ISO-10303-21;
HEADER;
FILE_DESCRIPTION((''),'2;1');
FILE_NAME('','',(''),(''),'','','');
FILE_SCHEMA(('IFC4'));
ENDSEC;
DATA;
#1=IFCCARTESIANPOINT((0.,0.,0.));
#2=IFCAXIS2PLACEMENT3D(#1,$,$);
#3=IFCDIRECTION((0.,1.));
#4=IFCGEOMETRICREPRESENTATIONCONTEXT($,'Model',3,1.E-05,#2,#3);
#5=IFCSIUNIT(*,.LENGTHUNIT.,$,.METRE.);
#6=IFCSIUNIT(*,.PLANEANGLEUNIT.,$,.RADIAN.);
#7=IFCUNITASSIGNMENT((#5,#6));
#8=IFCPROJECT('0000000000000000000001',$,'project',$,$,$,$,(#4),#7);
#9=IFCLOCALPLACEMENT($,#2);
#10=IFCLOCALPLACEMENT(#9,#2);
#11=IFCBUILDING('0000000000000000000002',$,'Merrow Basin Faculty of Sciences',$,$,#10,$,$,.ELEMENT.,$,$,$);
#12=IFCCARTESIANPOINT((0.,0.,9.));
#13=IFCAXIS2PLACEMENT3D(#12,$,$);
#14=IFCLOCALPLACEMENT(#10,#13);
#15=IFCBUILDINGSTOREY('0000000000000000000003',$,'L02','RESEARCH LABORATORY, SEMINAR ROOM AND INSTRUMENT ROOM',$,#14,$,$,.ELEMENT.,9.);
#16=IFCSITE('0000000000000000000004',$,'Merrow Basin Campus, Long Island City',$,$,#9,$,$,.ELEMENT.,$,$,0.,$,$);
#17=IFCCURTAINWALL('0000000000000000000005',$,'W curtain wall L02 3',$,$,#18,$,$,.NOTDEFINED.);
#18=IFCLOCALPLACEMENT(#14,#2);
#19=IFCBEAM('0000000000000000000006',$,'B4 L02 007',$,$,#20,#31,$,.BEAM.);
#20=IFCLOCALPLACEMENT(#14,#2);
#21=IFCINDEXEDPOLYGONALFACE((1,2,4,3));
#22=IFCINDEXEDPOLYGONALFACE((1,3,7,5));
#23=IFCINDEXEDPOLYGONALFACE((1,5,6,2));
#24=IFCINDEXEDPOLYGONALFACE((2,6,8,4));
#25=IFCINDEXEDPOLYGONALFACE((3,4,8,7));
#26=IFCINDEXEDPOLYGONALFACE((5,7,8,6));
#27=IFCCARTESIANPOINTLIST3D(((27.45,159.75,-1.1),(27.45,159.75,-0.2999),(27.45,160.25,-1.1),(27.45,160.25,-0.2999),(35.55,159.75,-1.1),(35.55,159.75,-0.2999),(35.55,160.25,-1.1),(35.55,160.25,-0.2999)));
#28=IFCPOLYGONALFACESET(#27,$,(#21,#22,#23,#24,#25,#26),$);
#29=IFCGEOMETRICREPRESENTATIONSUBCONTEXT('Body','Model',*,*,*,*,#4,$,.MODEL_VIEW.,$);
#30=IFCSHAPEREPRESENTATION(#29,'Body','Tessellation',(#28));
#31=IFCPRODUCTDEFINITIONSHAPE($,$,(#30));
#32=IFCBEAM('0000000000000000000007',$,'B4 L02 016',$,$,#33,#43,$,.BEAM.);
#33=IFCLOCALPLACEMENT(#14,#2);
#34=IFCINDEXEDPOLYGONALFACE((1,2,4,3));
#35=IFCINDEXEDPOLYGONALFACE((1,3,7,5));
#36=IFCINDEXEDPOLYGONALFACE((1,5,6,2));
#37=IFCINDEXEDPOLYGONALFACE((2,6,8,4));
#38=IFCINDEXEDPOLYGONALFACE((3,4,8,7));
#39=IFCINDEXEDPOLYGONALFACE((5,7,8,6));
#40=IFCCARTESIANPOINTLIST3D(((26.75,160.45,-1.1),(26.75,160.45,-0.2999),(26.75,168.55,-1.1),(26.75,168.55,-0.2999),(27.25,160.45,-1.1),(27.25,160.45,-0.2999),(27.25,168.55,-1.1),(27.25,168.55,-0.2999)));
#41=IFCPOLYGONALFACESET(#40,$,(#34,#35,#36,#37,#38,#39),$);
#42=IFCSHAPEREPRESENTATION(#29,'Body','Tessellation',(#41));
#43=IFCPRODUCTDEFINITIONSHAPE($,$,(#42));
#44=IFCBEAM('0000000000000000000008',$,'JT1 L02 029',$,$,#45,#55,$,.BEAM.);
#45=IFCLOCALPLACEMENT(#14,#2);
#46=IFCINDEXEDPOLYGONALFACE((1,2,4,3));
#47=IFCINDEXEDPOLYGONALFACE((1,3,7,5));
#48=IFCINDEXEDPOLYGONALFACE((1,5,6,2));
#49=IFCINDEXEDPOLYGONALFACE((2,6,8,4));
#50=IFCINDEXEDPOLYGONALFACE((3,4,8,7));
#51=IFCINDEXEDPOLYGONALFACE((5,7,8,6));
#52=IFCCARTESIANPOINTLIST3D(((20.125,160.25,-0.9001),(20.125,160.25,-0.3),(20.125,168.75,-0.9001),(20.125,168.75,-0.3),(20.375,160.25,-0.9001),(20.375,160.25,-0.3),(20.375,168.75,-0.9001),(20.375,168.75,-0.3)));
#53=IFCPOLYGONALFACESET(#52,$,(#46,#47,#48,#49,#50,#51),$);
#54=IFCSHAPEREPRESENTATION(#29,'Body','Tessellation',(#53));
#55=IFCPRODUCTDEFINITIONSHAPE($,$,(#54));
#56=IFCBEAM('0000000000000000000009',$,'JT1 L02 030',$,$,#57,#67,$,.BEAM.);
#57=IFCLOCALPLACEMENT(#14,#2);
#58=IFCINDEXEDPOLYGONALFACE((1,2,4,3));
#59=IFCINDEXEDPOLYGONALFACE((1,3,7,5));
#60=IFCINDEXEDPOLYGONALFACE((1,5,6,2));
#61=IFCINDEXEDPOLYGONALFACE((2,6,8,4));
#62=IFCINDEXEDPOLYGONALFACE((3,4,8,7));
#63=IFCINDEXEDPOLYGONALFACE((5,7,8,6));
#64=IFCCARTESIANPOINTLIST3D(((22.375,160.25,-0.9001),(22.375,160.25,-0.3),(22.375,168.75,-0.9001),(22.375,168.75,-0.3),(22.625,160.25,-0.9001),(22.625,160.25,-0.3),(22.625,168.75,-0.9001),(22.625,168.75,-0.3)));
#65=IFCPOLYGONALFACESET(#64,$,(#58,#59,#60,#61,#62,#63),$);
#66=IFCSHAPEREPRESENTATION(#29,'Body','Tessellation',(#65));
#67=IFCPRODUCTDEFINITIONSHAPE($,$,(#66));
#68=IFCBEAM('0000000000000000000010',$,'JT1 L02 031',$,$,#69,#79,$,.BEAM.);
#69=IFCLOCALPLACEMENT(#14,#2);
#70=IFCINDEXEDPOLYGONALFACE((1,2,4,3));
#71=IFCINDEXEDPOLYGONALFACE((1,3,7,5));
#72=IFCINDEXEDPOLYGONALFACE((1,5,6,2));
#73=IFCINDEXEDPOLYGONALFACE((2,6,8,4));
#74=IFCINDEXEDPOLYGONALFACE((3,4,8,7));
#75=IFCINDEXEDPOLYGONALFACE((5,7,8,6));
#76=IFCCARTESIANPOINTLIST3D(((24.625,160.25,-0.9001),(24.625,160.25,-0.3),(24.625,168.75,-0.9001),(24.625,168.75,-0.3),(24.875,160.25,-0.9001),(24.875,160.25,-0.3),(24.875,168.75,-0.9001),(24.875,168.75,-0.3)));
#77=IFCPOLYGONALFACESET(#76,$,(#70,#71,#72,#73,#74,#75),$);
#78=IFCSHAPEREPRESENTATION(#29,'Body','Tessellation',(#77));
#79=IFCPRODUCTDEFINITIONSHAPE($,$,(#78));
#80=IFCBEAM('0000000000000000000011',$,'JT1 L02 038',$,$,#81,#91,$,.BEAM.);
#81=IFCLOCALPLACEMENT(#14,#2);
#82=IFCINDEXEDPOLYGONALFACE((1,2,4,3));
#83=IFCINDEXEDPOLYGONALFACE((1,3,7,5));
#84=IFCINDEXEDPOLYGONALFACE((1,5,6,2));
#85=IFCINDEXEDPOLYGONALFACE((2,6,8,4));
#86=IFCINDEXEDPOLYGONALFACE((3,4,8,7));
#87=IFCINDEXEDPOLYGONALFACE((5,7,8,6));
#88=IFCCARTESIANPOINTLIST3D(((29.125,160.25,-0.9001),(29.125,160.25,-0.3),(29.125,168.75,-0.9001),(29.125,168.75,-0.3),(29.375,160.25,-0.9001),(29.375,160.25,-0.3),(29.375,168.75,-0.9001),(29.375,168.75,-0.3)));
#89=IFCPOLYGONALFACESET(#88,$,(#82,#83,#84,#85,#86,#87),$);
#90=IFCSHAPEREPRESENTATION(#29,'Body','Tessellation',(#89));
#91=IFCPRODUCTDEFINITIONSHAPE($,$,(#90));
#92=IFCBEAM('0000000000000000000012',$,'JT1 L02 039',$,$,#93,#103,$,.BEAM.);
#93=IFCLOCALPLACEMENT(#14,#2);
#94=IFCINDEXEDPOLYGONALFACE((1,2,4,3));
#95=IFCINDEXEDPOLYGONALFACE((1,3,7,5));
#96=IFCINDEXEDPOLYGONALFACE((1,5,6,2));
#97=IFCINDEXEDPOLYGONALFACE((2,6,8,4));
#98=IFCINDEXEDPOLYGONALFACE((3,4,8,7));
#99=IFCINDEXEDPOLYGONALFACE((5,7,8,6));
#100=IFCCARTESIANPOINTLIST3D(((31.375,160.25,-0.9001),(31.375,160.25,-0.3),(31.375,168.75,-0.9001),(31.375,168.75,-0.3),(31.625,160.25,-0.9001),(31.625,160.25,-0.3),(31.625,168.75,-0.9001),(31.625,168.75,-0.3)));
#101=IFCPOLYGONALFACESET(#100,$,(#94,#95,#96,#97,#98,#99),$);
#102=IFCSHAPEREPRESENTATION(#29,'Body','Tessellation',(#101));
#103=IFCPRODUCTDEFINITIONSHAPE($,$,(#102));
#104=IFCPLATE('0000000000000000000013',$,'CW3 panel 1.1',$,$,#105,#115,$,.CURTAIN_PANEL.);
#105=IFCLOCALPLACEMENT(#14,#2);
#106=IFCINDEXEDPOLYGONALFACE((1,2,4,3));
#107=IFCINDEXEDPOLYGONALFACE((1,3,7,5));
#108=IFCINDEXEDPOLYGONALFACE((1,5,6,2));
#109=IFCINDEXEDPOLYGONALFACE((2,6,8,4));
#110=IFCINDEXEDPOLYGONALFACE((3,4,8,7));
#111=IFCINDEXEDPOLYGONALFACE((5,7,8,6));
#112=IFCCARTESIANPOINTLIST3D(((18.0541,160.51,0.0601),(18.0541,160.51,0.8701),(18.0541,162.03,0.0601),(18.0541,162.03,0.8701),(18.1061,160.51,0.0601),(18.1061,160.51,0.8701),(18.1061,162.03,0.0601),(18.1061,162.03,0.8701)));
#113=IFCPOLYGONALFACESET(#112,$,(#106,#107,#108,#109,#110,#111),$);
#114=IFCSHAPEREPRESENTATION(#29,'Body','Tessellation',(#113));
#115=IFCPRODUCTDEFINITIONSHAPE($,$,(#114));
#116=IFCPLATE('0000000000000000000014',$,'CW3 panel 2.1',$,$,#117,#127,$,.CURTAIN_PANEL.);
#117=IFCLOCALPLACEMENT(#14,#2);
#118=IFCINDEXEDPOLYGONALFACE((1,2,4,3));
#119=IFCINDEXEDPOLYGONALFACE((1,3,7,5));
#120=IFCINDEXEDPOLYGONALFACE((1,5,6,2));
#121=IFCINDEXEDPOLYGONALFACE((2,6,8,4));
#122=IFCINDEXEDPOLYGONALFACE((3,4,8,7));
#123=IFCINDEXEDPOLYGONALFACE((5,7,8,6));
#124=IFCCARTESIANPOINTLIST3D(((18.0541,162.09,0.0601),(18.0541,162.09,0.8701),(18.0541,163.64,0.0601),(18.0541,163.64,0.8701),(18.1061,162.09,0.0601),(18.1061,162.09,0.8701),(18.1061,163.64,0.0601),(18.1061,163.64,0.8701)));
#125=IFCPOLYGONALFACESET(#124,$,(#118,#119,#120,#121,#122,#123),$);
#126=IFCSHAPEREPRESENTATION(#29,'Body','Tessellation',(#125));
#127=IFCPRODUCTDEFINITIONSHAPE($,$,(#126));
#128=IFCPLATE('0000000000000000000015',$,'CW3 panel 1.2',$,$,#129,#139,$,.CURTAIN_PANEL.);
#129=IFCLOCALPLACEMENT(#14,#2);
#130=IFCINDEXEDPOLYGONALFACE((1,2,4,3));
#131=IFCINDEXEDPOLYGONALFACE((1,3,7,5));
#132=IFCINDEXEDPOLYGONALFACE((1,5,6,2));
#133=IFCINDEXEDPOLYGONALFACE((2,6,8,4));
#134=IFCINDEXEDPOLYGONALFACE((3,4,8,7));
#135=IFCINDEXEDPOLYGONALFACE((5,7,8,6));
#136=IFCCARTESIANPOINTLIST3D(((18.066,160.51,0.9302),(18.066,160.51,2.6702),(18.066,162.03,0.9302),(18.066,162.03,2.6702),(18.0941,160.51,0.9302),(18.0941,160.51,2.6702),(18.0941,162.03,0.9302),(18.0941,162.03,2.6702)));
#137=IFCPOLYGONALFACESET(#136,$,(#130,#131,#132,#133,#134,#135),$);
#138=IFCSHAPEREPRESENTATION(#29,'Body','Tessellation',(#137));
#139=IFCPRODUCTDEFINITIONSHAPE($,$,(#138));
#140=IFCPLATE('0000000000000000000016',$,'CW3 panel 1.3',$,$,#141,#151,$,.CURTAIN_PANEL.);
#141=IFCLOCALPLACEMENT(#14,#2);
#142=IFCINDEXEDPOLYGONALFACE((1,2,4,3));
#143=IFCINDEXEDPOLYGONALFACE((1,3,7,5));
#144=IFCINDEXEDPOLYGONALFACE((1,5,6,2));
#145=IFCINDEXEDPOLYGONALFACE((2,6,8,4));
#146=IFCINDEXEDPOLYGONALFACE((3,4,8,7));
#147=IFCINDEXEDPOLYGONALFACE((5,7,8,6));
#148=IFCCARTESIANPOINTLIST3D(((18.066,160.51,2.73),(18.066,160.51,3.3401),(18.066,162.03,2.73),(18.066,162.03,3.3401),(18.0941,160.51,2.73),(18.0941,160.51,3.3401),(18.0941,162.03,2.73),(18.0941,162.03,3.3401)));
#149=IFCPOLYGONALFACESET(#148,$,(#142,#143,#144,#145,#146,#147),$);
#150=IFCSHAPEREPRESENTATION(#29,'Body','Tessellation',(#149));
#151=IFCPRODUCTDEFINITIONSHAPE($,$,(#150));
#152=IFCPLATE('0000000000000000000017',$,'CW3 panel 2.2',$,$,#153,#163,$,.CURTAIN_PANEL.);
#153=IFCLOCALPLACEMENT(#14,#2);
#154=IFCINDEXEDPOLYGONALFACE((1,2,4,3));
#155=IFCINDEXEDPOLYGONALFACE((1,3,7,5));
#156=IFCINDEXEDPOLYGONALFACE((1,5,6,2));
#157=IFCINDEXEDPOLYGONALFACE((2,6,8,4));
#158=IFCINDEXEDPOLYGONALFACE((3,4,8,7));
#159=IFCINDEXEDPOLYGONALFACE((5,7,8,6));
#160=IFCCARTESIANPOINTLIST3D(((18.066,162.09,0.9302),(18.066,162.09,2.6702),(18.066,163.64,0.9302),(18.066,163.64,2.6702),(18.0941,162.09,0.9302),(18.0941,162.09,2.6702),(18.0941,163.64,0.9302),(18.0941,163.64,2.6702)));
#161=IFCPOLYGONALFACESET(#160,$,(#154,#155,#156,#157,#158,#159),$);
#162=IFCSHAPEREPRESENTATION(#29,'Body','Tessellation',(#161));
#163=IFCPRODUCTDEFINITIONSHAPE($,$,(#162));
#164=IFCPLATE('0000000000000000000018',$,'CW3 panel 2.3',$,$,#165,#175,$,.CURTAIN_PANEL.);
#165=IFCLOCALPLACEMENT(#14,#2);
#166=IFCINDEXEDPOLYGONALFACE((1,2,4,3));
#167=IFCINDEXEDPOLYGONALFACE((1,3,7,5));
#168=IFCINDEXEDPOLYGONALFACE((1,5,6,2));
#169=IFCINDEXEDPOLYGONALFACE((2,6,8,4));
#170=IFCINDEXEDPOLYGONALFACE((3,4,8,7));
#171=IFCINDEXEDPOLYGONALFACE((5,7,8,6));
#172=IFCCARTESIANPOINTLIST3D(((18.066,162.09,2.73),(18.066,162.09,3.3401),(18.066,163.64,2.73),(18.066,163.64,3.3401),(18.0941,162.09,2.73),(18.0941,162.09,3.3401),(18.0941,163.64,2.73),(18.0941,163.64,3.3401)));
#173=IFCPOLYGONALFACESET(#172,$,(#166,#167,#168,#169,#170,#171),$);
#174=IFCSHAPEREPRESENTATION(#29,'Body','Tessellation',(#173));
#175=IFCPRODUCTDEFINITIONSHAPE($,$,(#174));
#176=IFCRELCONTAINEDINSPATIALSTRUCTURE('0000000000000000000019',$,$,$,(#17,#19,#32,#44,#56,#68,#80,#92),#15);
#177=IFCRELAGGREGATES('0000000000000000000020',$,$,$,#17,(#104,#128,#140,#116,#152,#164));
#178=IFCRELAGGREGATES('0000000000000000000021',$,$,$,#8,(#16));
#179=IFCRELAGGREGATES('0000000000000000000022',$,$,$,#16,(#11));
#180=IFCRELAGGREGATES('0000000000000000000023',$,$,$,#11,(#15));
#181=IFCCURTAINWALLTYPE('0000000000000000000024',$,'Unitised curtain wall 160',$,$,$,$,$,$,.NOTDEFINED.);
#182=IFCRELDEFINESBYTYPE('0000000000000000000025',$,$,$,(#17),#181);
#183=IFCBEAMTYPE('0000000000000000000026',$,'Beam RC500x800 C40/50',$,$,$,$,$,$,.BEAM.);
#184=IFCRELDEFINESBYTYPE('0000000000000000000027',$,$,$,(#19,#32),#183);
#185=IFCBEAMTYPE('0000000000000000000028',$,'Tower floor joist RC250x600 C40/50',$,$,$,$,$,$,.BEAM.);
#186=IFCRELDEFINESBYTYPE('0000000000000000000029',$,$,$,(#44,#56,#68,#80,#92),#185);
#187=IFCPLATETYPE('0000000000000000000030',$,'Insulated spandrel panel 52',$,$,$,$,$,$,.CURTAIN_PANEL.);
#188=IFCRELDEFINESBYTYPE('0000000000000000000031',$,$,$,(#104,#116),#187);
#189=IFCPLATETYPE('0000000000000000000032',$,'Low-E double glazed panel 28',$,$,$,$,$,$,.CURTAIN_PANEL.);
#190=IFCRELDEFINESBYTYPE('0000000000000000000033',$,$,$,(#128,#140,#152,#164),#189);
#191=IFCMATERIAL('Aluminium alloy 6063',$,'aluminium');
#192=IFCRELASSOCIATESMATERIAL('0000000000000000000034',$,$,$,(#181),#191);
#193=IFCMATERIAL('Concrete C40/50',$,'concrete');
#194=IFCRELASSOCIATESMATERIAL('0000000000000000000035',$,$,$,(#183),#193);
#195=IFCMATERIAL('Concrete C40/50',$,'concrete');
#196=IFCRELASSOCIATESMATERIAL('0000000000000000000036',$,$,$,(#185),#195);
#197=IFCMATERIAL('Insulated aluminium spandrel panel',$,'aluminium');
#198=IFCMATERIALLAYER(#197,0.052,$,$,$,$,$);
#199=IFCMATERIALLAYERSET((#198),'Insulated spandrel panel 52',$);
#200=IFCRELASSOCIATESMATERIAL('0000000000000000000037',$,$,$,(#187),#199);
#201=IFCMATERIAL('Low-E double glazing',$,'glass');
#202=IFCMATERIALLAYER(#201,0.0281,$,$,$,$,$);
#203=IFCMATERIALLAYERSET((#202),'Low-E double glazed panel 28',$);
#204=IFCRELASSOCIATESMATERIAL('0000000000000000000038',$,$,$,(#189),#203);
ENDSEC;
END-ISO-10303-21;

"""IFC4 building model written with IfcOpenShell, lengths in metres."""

from ifc_helpers import new_model, si_unit, direction, frame, origin, origin_2d, place, context, subcontext, project, spatial, rectangle, extrude, material, layer, layer_set, material_profile, profile_set, type_object, element, aggregate, save


model = new_model("IFC4")

# Units and contexts
model_context = context("Model", 3, precision=1e-05, world=origin(), true_north=direction((0.0, 1.0)))
body_context = subcontext(model_context, "Body", "Model", "MODEL_VIEW")
ifc_project = project(units=[si_unit("LENGTHUNIT", "METRE"), si_unit("PLANEANGLEUNIT", "RADIAN")], contexts=[model_context])

# Site, building, storey
site_placement = place(None, origin())
site = spatial("IfcSite", under=ifc_project, at=site_placement, Name="Merrow Basin Campus, Long Island City", CompositionType="ELEMENT", RefElevation=0.0)
building_placement = place(site_placement, origin())
building = spatial("IfcBuilding", under=site, at=building_placement, Name="Merrow Basin Faculty of Sciences", CompositionType="ELEMENT")
storey_placement = place(building_placement, frame((0.0, 0.0, 9.0)))
storey = spatial("IfcBuildingStorey", under=building, at=storey_placement, Name="L02", Description="RESEARCH LABORATORY, SEMINAR ROOM AND INSTRUMENT ROOM", CompositionType="ELEMENT", Elevation=9.0)

# Curtain wall
ifc_material_1 = material(Name="Aluminium alloy 6063", Category="aluminium")
curtain_wall_type = type_object("IfcCurtainWallType", Name="Unitised curtain wall 160", PredefinedType="NOTDEFINED", material=ifc_material_1)
curtain_wall_placement = place(storey_placement, origin())
curtain_wall = element("IfcCurtainWall", 1, at=curtain_wall_placement, inside=storey, type_object=curtain_wall_type, Name="W curtain wall L02 3", PredefinedType="NOTDEFINED")

# Beams
ifc_material_2 = material(Name="Concrete C40/50", Category="concrete")
ifc_material_profile_1 = material_profile(ifc_material_2, rectangle(XDim=0.5, YDim=0.8, at=origin_2d()))
ifc_profile_set_1 = profile_set([ifc_material_profile_1], Name="Concrete C40/50")
beam_type_1 = type_object("IfcBeamType", Name="Beam RC500x800 C40/50", PredefinedType="BEAM", material=ifc_profile_set_1)
for number, where, z_axis, x_axis, name in (
    (2, (27.45, 160.0, -0.7), (1.0, 0.0, 0.0), (0.0, 1.0, 0.0), "B4 L02 007"),
    (3, (27.0, 160.45, -0.7), (0.0, 1.0, 0.0), (-1.0, 0.0, 0.0), "B4 L02 016"),
):
    element("IfcBeam", number, at=place(storey_placement, frame(where, z_axis=z_axis, x_axis=x_axis)), inside=storey, type_object=beam_type_1, Name=name, PredefinedType="BEAM", context=body_context, shape_type="SweptSolid", body=[
        extrude(rectangle(XDim=0.5, YDim=0.8, at=origin_2d()), origin(), (0.0, 0.0, 1.0), 8.1001),
    ])
ifc_material_3 = material(Name="Concrete C40/50", Category="concrete")
ifc_material_profile_2 = material_profile(ifc_material_3, rectangle(XDim=0.25, YDim=0.6001, at=origin_2d()))
ifc_profile_set_2 = profile_set([ifc_material_profile_2], Name="Concrete C40/50")
beam_type_2 = type_object("IfcBeamType", Name="Tower floor joist RC250x600 C40/50", PredefinedType="BEAM", material=ifc_profile_set_2)
for number, where, z_axis, x_axis, name in (
    (4, (20.25, 160.25, -0.6001), (0.0, 1.0, 0.0), (-1.0, 0.0, 0.0), "JT1 L02 029"),
    (5, (22.5, 160.25, -0.6001), (0.0, 1.0, 0.0), (-1.0, 0.0, 0.0), "JT1 L02 030"),
    (6, (24.75, 160.25, -0.6001), (0.0, 1.0, 0.0), (-1.0, 0.0, 0.0), "JT1 L02 031"),
    (7, (29.25, 160.25, -0.6001), (0.0, 1.0, 0.0), (-1.0, 0.0, 0.0), "JT1 L02 038"),
    (8, (31.5, 160.25, -0.6001), (0.0, 1.0, 0.0), (-1.0, 0.0, 0.0), "JT1 L02 039"),
):
    element("IfcBeam", number, at=place(storey_placement, frame(where, z_axis=z_axis, x_axis=x_axis)), inside=storey, type_object=beam_type_2, Name=name, PredefinedType="BEAM", context=body_context, shape_type="SweptSolid", body=[
        extrude(rectangle(XDim=0.25, YDim=0.6001, at=origin_2d()), origin(), (0.0, 0.0, 1.0), 8.5),
    ])

# Plates
ifc_material_4 = material(Name="Insulated aluminium spandrel panel", Category="aluminium")
ifc_layer_1 = layer(ifc_material_4, 0.052)
ifc_layer_set_1 = layer_set([ifc_layer_1], Name="Insulated spandrel panel 52")
plate_type_1 = type_object("IfcPlateType", Name="Insulated spandrel panel 52", PredefinedType="CURTAIN_PANEL", material=ifc_layer_set_1)
plate_1_placement = place(storey_placement, frame((18.0801, 161.27, 0.0601), z_axis=(0.0, 0.0, 1.0), x_axis=(0.0, 1.0, 0.0)))
plate_1 = element("IfcPlate", 9, at=plate_1_placement, type_object=plate_type_1, Name="CW3 panel 1.1", PredefinedType="CURTAIN_PANEL", context=body_context, shape_type="SweptSolid", body=[
    extrude(rectangle(XDim=1.52, YDim=0.052, at=origin_2d()), origin(), (0.0, 0.0, 1.0), 0.8101),
])
plate_2_placement = place(storey_placement, frame((18.0801, 162.865, 0.0601), z_axis=(0.0, 0.0, 1.0), x_axis=(0.0, 1.0, 0.0)))
plate_2 = element("IfcPlate", 10, at=plate_2_placement, type_object=plate_type_1, Name="CW3 panel 2.1", PredefinedType="CURTAIN_PANEL", context=body_context, shape_type="SweptSolid", body=[
    extrude(rectangle(XDim=1.55, YDim=0.052, at=origin_2d()), origin(), (0.0, 0.0, 1.0), 0.8101),
])
ifc_material_5 = material(Name="Low-E double glazing", Category="glass")
ifc_layer_2 = layer(ifc_material_5, 0.0281)
ifc_layer_set_2 = layer_set([ifc_layer_2], Name="Low-E double glazed panel 28")
plate_type_2 = type_object("IfcPlateType", Name="Low-E double glazed panel 28", PredefinedType="CURTAIN_PANEL", material=ifc_layer_set_2)
plate_3_placement = place(storey_placement, frame((18.0801, 161.27, 0.9302), z_axis=(0.0, 0.0, 1.0), x_axis=(0.0, 1.0, 0.0)))
plate_3 = element("IfcPlate", 11, at=plate_3_placement, type_object=plate_type_2, Name="CW3 panel 1.2", PredefinedType="CURTAIN_PANEL", context=body_context, shape_type="SweptSolid", body=[
    extrude(rectangle(XDim=1.52, YDim=0.0281, at=origin_2d()), origin(), (0.0, 0.0, 1.0), 1.74),
])
plate_4_placement = place(storey_placement, frame((18.0801, 161.27, 2.73), z_axis=(0.0, 0.0, 1.0), x_axis=(0.0, 1.0, 0.0)))
plate_4 = element("IfcPlate", 12, at=plate_4_placement, type_object=plate_type_2, Name="CW3 panel 1.3", PredefinedType="CURTAIN_PANEL", context=body_context, shape_type="SweptSolid", body=[
    extrude(rectangle(XDim=1.52, YDim=0.0281, at=origin_2d()), origin(), (0.0, 0.0, 1.0), 0.6101),
])
plate_5_placement = place(storey_placement, frame((18.0801, 162.865, 0.9302), z_axis=(0.0, 0.0, 1.0), x_axis=(0.0, 1.0, 0.0)))
plate_5 = element("IfcPlate", 13, at=plate_5_placement, type_object=plate_type_2, Name="CW3 panel 2.2", PredefinedType="CURTAIN_PANEL", context=body_context, shape_type="SweptSolid", body=[
    extrude(rectangle(XDim=1.55, YDim=0.0281, at=origin_2d()), origin(), (0.0, 0.0, 1.0), 1.74),
])
plate_6_placement = place(storey_placement, frame((18.0801, 162.865, 2.73), z_axis=(0.0, 0.0, 1.0), x_axis=(0.0, 1.0, 0.0)))
plate_6 = element("IfcPlate", 14, at=plate_6_placement, type_object=plate_type_2, Name="CW3 panel 2.3", PredefinedType="CURTAIN_PANEL", context=body_context, shape_type="SweptSolid", body=[
    extrude(rectangle(XDim=1.55, YDim=0.0281, at=origin_2d()), origin(), (0.0, 0.0, 1.0), 0.6101),
])
aggregate(curtain_wall, [plate_1, plate_3, plate_4, plate_2, plate_5, plate_6])

save(model, "model.ifc")
